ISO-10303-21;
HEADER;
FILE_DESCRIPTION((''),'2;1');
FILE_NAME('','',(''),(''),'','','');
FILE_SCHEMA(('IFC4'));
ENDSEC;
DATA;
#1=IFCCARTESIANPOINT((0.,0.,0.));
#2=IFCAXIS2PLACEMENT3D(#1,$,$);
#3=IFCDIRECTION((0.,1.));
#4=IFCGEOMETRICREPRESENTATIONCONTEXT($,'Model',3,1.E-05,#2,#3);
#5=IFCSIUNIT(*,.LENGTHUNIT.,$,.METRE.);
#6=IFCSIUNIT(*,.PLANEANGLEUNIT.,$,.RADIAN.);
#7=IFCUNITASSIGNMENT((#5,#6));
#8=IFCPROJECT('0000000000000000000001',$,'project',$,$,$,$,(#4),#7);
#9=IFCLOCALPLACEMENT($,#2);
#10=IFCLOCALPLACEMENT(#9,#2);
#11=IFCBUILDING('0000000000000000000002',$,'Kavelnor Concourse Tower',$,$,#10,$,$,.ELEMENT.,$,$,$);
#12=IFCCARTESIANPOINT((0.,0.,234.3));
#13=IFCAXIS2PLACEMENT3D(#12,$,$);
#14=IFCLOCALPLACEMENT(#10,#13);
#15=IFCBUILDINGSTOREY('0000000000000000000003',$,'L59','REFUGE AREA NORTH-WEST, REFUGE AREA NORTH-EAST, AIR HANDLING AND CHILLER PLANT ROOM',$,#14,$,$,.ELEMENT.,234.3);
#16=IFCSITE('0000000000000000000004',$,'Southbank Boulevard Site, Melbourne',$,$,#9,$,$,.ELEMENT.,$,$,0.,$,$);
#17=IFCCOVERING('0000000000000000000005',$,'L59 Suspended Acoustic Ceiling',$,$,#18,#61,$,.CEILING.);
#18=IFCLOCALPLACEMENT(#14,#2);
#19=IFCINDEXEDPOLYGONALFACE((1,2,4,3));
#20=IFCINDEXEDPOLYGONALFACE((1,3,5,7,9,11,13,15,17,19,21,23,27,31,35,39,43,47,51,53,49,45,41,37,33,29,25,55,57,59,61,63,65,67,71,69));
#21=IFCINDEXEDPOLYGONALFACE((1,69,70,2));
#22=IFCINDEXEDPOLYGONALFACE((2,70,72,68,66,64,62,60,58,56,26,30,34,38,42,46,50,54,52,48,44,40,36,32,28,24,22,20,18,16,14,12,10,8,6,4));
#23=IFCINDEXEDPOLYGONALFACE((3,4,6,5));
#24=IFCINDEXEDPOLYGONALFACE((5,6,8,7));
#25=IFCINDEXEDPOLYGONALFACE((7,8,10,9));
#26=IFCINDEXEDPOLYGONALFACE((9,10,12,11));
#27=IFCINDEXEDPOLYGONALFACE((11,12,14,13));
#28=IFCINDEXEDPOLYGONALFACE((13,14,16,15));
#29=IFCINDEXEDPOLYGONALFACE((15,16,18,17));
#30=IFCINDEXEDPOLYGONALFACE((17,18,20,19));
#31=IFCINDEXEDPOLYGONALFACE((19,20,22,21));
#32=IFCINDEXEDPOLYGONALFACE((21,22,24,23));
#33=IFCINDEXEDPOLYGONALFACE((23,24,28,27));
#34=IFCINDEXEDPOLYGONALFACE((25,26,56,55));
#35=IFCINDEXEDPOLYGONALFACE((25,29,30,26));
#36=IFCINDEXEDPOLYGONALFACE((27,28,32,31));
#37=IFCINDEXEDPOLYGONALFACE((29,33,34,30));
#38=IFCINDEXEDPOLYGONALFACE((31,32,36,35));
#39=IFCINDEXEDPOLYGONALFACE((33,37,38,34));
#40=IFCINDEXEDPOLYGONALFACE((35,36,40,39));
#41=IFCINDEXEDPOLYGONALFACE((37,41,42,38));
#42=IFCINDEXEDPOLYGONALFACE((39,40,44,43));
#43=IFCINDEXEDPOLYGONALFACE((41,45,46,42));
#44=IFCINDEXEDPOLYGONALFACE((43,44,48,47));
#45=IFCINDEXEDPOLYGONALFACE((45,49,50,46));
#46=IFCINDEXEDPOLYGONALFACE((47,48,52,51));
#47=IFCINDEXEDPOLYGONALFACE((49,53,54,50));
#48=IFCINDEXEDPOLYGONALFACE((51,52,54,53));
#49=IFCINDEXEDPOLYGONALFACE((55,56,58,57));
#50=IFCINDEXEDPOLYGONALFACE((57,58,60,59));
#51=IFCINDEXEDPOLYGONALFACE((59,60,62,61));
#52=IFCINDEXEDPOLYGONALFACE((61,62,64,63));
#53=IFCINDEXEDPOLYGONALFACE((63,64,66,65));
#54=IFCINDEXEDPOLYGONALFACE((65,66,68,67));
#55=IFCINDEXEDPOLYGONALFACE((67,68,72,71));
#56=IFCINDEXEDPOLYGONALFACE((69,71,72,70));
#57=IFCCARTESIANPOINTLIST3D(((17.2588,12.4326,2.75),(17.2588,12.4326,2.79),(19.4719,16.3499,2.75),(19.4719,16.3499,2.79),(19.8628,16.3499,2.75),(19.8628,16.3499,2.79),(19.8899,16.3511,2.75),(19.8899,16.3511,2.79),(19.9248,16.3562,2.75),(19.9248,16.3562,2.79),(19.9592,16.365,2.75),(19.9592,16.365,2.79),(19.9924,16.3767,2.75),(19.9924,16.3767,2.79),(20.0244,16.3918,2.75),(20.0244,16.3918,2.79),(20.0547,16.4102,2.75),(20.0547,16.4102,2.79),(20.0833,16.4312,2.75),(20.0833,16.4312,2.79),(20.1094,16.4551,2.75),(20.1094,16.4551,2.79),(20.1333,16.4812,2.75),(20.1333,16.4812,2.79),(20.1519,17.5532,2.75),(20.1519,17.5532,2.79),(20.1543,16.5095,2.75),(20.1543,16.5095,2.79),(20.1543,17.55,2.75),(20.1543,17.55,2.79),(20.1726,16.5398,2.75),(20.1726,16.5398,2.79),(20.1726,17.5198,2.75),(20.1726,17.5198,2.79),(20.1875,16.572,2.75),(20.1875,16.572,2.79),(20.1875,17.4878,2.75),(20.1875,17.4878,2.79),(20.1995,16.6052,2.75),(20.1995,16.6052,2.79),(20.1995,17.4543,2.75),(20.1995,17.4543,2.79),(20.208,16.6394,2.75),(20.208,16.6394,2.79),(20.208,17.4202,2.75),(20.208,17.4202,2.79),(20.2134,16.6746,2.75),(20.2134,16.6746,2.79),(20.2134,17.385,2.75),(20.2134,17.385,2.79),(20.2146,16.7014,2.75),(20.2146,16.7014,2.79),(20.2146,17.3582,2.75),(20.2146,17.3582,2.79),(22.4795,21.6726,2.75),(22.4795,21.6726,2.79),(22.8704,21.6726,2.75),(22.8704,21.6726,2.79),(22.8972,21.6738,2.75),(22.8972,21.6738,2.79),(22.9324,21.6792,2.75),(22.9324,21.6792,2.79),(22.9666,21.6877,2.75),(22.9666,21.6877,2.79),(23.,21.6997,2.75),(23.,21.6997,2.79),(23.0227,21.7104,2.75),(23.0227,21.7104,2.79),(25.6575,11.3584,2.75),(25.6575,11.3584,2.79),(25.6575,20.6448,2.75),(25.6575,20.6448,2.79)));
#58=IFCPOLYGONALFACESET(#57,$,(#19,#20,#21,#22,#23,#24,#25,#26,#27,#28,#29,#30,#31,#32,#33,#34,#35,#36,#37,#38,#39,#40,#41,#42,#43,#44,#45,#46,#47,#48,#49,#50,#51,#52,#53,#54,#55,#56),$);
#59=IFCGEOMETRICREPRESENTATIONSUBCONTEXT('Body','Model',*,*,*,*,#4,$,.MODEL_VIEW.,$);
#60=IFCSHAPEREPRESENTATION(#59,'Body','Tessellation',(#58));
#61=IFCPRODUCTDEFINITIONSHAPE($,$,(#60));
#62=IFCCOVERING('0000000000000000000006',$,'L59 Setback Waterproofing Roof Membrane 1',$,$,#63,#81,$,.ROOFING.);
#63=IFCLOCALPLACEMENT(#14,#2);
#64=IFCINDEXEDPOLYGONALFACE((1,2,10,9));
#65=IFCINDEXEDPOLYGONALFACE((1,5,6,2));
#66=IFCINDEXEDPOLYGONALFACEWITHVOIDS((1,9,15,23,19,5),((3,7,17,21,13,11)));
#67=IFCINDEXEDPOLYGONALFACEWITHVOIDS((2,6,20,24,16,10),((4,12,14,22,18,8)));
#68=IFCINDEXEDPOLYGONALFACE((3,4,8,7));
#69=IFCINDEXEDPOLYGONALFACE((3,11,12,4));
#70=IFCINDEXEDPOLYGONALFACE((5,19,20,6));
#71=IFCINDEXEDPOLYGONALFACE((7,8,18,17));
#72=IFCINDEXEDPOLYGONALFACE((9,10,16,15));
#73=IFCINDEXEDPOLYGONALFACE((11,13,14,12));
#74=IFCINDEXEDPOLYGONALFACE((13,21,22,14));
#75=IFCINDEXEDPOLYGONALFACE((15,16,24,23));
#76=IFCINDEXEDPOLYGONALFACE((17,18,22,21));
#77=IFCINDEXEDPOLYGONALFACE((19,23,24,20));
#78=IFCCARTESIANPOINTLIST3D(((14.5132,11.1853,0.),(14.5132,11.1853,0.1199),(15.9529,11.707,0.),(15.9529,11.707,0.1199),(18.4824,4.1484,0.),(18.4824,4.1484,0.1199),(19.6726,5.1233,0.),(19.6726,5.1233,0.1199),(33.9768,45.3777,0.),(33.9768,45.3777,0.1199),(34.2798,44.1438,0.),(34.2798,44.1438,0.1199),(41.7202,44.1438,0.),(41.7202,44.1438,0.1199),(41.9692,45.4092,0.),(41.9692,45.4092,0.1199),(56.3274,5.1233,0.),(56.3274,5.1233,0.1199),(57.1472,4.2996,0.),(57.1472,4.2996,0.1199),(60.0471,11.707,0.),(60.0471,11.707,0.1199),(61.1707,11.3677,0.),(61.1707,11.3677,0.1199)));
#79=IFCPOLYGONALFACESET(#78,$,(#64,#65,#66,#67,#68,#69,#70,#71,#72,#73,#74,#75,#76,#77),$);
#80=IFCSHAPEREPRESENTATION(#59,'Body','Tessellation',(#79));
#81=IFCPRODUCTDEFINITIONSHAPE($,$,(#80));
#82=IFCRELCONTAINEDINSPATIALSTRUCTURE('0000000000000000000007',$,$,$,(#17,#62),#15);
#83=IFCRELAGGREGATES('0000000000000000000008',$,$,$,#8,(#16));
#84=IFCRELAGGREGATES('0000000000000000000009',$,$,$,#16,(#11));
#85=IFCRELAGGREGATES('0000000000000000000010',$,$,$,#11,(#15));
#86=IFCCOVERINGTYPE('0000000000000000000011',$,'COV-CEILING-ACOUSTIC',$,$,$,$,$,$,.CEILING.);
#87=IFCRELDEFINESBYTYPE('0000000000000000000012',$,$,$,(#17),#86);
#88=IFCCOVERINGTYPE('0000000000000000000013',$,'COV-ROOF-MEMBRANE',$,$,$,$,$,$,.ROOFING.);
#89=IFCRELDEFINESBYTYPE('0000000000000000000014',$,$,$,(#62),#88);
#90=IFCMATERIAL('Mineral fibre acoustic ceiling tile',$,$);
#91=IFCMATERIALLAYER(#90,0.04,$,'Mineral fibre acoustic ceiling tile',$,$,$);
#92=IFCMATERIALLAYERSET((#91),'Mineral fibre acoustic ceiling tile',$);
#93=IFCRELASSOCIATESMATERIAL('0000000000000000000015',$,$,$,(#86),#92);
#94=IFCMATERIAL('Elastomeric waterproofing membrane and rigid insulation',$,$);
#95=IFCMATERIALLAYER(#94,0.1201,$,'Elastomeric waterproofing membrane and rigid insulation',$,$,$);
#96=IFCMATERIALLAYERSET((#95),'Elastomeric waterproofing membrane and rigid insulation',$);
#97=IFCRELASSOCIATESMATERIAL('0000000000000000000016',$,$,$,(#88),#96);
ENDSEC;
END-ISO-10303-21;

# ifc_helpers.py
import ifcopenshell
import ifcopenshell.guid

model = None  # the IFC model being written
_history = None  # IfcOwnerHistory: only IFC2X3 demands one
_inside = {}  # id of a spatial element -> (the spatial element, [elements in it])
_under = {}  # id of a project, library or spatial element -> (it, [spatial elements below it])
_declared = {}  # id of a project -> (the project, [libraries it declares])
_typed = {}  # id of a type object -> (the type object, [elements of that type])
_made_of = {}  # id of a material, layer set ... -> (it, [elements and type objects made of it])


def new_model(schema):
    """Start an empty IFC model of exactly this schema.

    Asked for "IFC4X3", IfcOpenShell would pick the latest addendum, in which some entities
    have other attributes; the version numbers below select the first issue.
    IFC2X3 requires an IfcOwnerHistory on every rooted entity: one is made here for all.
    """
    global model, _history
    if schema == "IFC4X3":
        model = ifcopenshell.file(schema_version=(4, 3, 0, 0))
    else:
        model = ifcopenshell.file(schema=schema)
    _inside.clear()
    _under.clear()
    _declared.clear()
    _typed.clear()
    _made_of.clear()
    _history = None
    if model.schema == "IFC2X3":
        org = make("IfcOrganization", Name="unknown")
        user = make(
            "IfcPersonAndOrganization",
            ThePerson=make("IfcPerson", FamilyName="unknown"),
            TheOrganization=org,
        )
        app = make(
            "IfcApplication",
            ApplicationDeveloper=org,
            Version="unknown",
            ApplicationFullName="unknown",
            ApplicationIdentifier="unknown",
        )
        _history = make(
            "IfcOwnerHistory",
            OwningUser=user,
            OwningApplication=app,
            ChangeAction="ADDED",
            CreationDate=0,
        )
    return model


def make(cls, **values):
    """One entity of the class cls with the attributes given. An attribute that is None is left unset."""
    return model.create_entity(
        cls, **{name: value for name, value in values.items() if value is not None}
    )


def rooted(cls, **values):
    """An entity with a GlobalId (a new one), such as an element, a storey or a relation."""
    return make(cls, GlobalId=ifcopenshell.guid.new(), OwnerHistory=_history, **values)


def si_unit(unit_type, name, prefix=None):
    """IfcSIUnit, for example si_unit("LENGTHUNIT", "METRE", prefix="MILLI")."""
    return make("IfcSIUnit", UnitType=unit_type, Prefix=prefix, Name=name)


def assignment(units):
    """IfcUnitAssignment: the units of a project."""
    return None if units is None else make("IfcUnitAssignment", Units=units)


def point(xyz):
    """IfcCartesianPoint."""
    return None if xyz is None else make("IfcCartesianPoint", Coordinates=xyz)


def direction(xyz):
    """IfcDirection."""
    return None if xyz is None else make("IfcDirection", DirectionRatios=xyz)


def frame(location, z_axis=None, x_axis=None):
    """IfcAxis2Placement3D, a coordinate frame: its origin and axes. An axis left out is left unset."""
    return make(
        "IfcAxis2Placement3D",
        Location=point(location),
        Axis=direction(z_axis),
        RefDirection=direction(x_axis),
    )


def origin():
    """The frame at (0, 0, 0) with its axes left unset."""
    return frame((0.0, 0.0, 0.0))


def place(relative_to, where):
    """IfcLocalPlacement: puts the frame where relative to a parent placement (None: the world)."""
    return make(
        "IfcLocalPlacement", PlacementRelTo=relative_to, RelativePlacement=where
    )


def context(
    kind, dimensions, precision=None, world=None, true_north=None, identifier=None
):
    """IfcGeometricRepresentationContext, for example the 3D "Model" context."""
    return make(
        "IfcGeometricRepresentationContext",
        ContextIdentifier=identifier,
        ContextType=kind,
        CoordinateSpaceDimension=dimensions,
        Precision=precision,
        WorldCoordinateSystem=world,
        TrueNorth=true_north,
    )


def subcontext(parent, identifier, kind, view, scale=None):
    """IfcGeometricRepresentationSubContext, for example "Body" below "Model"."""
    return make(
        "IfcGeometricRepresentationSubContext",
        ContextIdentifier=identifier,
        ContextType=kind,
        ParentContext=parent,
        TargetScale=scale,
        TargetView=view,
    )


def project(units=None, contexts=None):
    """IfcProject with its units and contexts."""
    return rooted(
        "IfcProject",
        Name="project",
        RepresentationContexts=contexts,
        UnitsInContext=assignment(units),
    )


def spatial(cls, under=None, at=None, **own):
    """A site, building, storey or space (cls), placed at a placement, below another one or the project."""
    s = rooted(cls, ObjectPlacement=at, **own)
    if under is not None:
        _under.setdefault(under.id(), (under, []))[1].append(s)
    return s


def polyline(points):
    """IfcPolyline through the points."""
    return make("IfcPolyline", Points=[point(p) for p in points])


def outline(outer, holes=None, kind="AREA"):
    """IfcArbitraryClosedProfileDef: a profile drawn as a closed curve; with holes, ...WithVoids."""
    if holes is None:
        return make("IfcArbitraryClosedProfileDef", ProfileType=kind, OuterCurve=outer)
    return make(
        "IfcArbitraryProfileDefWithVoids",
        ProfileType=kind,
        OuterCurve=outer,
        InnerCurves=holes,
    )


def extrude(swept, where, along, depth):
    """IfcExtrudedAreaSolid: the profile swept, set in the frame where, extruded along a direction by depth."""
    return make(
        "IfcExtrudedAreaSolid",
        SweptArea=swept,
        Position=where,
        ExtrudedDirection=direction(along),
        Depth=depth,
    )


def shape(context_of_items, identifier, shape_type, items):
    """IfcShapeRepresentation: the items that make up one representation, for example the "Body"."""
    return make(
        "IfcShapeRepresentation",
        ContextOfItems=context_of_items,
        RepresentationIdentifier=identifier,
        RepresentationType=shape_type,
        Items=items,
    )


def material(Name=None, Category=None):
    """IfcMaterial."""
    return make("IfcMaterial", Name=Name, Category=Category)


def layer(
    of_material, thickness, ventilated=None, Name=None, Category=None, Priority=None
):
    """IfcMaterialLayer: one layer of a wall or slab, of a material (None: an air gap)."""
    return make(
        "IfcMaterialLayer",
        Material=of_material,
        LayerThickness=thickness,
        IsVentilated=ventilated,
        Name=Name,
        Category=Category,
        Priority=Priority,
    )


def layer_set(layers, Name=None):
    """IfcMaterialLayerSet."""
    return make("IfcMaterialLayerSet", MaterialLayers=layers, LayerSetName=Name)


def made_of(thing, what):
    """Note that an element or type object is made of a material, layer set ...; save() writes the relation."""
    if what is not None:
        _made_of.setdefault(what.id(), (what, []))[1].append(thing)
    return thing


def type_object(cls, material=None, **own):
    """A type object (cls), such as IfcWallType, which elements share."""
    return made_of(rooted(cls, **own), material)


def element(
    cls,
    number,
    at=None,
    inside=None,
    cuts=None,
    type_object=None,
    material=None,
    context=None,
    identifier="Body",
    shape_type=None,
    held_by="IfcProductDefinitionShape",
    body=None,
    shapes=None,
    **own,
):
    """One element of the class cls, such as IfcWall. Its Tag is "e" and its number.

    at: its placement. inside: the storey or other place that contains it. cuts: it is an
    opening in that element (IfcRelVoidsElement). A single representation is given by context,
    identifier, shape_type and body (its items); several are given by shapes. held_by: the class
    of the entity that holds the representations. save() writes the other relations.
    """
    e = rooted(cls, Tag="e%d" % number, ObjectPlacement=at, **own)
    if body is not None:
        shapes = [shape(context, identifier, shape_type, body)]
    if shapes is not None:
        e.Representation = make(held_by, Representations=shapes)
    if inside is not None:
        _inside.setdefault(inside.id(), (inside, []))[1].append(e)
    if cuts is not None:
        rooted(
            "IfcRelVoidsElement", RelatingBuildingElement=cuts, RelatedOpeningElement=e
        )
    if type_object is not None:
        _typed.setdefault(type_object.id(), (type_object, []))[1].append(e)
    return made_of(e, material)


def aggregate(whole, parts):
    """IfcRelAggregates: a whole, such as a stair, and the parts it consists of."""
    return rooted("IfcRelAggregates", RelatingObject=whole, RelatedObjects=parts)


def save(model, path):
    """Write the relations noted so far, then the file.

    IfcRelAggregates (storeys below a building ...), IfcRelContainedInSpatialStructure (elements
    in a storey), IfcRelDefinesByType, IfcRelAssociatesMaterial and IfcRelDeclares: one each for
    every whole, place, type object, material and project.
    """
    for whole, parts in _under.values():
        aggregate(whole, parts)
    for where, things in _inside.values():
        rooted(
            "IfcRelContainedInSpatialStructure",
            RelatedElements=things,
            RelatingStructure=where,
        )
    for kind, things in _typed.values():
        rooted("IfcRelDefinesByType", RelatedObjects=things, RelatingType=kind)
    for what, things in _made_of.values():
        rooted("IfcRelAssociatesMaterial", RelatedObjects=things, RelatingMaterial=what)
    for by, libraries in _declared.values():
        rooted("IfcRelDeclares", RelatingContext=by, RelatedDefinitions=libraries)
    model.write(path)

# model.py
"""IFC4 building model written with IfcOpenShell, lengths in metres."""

from ifc_helpers import new_model, si_unit, direction, frame, origin, place, context, subcontext, project, spatial, polyline, outline, extrude, material, layer, layer_set, type_object, element, save


model = new_model("IFC4")

# Units and contexts
model_context = context("Model", 3, precision=1e-05, world=origin(), true_north=direction((0.0, 1.0)))
body_context = subcontext(model_context, "Body", "Model", "MODEL_VIEW")
ifc_project = project(units=[si_unit("LENGTHUNIT", "METRE"), si_unit("PLANEANGLEUNIT", "RADIAN")], contexts=[model_context])

# Site, building, storey
site_placement = place(None, origin())
site = spatial("IfcSite", under=ifc_project, at=site_placement, Name="Southbank Boulevard Site, Melbourne", CompositionType="ELEMENT", RefElevation=0.0)
building_placement = place(site_placement, origin())
building = spatial("IfcBuilding", under=site, at=building_placement, Name="Kavelnor Concourse Tower", CompositionType="ELEMENT")
storey_placement = place(building_placement, frame((0.0, 0.0, 234.3)))
storey = spatial("IfcBuildingStorey", under=building, at=storey_placement, Name="L59", Description="REFUGE AREA NORTH-WEST, REFUGE AREA NORTH-EAST, AIR HANDLING AND CHILLER PLANT ROOM", CompositionType="ELEMENT", Elevation=234.3)

# Coverings
ifc_material_1 = material(Name="Mineral fibre acoustic ceiling tile")
ifc_layer_1 = layer(ifc_material_1, 0.04, Name="Mineral fibre acoustic ceiling tile")
ifc_layer_set_1 = layer_set([ifc_layer_1], Name="Mineral fibre acoustic ceiling tile")
covering_type_1 = type_object("IfcCoveringType", Name="COV-CEILING-ACOUSTIC", PredefinedType="CEILING", material=ifc_layer_set_1)
covering_1_placement = place(storey_placement, frame((0.0, 0.0, 2.75)))
element("IfcCovering", 1, at=covering_1_placement, inside=storey, type_object=covering_type_1, Name="L59 Suspended Acoustic Ceiling", PredefinedType="CEILING", context=body_context, shape_type="SweptSolid", body=[
    extrude(outline(polyline([(22.4795, 21.6726), (22.8704, 21.6726), (22.8972, 21.6738), (22.9324, 21.6792), (22.9666, 21.6877), (23.0, 21.6997), (23.0227, 21.7104), (25.6575, 20.6448), (25.6575, 11.3584), (17.2588, 12.4326), (19.4719, 16.3499), (19.8628, 16.3499), (19.8899, 16.3511), (19.9248, 16.3562), (19.9592, 16.365), (19.9924, 16.3767), (20.0244, 16.3918), (20.0547, 16.4102), (20.0833, 16.4312), (20.1094, 16.4551), (20.1333, 16.4812), (20.1543, 16.5095), (20.1726, 16.5398), (20.1875, 16.572), (20.1995, 16.6052), (20.208, 16.6394), (20.2134, 16.6746), (20.2146, 16.7014), (20.2146, 17.3582), (20.2134, 17.385), (20.208, 17.4202), (20.1995, 17.4543), (20.1875, 17.4878), (20.1726, 17.5198), (20.1543, 17.55), (20.1519, 17.5532), (22.4795, 21.6726)])), origin(), (0.0, 0.0, 1.0), 0.04),
])
ifc_material_2 = material(Name="Elastomeric waterproofing membrane and rigid insulation")
ifc_layer_2 = layer(ifc_material_2, 0.1201, Name="Elastomeric waterproofing membrane and rigid insulation")
ifc_layer_set_2 = layer_set([ifc_layer_2], Name="Elastomeric waterproofing membrane and rigid insulation")
covering_type_2 = type_object("IfcCoveringType", Name="COV-ROOF-MEMBRANE", PredefinedType="ROOFING", material=ifc_layer_set_2)
covering_2_placement = place(storey_placement, origin())
element("IfcCovering", 2, at=covering_2_placement, inside=storey, type_object=covering_type_2, Name="L59 Setback Waterproofing Roof Membrane 1", PredefinedType="ROOFING", context=body_context, shape_type="SweptSolid", body=[
    extrude(outline(polyline([(61.1707, 11.3677), (57.1472, 4.2996), (18.4824, 4.1484), (14.5132, 11.1853), (33.9768, 45.3777), (41.9692, 45.4092), (61.1707, 11.3677)]), holes=[polyline([(34.2798, 44.1438), (15.9529, 11.707), (19.6726, 5.1233), (56.3274, 5.1233), (60.0471, 11.707), (41.7202, 44.1438), (34.2798, 44.1438)])]), origin(), (0.0, 0.0, 1.0), 0.1199),
])

save(model, "model.ifc")
